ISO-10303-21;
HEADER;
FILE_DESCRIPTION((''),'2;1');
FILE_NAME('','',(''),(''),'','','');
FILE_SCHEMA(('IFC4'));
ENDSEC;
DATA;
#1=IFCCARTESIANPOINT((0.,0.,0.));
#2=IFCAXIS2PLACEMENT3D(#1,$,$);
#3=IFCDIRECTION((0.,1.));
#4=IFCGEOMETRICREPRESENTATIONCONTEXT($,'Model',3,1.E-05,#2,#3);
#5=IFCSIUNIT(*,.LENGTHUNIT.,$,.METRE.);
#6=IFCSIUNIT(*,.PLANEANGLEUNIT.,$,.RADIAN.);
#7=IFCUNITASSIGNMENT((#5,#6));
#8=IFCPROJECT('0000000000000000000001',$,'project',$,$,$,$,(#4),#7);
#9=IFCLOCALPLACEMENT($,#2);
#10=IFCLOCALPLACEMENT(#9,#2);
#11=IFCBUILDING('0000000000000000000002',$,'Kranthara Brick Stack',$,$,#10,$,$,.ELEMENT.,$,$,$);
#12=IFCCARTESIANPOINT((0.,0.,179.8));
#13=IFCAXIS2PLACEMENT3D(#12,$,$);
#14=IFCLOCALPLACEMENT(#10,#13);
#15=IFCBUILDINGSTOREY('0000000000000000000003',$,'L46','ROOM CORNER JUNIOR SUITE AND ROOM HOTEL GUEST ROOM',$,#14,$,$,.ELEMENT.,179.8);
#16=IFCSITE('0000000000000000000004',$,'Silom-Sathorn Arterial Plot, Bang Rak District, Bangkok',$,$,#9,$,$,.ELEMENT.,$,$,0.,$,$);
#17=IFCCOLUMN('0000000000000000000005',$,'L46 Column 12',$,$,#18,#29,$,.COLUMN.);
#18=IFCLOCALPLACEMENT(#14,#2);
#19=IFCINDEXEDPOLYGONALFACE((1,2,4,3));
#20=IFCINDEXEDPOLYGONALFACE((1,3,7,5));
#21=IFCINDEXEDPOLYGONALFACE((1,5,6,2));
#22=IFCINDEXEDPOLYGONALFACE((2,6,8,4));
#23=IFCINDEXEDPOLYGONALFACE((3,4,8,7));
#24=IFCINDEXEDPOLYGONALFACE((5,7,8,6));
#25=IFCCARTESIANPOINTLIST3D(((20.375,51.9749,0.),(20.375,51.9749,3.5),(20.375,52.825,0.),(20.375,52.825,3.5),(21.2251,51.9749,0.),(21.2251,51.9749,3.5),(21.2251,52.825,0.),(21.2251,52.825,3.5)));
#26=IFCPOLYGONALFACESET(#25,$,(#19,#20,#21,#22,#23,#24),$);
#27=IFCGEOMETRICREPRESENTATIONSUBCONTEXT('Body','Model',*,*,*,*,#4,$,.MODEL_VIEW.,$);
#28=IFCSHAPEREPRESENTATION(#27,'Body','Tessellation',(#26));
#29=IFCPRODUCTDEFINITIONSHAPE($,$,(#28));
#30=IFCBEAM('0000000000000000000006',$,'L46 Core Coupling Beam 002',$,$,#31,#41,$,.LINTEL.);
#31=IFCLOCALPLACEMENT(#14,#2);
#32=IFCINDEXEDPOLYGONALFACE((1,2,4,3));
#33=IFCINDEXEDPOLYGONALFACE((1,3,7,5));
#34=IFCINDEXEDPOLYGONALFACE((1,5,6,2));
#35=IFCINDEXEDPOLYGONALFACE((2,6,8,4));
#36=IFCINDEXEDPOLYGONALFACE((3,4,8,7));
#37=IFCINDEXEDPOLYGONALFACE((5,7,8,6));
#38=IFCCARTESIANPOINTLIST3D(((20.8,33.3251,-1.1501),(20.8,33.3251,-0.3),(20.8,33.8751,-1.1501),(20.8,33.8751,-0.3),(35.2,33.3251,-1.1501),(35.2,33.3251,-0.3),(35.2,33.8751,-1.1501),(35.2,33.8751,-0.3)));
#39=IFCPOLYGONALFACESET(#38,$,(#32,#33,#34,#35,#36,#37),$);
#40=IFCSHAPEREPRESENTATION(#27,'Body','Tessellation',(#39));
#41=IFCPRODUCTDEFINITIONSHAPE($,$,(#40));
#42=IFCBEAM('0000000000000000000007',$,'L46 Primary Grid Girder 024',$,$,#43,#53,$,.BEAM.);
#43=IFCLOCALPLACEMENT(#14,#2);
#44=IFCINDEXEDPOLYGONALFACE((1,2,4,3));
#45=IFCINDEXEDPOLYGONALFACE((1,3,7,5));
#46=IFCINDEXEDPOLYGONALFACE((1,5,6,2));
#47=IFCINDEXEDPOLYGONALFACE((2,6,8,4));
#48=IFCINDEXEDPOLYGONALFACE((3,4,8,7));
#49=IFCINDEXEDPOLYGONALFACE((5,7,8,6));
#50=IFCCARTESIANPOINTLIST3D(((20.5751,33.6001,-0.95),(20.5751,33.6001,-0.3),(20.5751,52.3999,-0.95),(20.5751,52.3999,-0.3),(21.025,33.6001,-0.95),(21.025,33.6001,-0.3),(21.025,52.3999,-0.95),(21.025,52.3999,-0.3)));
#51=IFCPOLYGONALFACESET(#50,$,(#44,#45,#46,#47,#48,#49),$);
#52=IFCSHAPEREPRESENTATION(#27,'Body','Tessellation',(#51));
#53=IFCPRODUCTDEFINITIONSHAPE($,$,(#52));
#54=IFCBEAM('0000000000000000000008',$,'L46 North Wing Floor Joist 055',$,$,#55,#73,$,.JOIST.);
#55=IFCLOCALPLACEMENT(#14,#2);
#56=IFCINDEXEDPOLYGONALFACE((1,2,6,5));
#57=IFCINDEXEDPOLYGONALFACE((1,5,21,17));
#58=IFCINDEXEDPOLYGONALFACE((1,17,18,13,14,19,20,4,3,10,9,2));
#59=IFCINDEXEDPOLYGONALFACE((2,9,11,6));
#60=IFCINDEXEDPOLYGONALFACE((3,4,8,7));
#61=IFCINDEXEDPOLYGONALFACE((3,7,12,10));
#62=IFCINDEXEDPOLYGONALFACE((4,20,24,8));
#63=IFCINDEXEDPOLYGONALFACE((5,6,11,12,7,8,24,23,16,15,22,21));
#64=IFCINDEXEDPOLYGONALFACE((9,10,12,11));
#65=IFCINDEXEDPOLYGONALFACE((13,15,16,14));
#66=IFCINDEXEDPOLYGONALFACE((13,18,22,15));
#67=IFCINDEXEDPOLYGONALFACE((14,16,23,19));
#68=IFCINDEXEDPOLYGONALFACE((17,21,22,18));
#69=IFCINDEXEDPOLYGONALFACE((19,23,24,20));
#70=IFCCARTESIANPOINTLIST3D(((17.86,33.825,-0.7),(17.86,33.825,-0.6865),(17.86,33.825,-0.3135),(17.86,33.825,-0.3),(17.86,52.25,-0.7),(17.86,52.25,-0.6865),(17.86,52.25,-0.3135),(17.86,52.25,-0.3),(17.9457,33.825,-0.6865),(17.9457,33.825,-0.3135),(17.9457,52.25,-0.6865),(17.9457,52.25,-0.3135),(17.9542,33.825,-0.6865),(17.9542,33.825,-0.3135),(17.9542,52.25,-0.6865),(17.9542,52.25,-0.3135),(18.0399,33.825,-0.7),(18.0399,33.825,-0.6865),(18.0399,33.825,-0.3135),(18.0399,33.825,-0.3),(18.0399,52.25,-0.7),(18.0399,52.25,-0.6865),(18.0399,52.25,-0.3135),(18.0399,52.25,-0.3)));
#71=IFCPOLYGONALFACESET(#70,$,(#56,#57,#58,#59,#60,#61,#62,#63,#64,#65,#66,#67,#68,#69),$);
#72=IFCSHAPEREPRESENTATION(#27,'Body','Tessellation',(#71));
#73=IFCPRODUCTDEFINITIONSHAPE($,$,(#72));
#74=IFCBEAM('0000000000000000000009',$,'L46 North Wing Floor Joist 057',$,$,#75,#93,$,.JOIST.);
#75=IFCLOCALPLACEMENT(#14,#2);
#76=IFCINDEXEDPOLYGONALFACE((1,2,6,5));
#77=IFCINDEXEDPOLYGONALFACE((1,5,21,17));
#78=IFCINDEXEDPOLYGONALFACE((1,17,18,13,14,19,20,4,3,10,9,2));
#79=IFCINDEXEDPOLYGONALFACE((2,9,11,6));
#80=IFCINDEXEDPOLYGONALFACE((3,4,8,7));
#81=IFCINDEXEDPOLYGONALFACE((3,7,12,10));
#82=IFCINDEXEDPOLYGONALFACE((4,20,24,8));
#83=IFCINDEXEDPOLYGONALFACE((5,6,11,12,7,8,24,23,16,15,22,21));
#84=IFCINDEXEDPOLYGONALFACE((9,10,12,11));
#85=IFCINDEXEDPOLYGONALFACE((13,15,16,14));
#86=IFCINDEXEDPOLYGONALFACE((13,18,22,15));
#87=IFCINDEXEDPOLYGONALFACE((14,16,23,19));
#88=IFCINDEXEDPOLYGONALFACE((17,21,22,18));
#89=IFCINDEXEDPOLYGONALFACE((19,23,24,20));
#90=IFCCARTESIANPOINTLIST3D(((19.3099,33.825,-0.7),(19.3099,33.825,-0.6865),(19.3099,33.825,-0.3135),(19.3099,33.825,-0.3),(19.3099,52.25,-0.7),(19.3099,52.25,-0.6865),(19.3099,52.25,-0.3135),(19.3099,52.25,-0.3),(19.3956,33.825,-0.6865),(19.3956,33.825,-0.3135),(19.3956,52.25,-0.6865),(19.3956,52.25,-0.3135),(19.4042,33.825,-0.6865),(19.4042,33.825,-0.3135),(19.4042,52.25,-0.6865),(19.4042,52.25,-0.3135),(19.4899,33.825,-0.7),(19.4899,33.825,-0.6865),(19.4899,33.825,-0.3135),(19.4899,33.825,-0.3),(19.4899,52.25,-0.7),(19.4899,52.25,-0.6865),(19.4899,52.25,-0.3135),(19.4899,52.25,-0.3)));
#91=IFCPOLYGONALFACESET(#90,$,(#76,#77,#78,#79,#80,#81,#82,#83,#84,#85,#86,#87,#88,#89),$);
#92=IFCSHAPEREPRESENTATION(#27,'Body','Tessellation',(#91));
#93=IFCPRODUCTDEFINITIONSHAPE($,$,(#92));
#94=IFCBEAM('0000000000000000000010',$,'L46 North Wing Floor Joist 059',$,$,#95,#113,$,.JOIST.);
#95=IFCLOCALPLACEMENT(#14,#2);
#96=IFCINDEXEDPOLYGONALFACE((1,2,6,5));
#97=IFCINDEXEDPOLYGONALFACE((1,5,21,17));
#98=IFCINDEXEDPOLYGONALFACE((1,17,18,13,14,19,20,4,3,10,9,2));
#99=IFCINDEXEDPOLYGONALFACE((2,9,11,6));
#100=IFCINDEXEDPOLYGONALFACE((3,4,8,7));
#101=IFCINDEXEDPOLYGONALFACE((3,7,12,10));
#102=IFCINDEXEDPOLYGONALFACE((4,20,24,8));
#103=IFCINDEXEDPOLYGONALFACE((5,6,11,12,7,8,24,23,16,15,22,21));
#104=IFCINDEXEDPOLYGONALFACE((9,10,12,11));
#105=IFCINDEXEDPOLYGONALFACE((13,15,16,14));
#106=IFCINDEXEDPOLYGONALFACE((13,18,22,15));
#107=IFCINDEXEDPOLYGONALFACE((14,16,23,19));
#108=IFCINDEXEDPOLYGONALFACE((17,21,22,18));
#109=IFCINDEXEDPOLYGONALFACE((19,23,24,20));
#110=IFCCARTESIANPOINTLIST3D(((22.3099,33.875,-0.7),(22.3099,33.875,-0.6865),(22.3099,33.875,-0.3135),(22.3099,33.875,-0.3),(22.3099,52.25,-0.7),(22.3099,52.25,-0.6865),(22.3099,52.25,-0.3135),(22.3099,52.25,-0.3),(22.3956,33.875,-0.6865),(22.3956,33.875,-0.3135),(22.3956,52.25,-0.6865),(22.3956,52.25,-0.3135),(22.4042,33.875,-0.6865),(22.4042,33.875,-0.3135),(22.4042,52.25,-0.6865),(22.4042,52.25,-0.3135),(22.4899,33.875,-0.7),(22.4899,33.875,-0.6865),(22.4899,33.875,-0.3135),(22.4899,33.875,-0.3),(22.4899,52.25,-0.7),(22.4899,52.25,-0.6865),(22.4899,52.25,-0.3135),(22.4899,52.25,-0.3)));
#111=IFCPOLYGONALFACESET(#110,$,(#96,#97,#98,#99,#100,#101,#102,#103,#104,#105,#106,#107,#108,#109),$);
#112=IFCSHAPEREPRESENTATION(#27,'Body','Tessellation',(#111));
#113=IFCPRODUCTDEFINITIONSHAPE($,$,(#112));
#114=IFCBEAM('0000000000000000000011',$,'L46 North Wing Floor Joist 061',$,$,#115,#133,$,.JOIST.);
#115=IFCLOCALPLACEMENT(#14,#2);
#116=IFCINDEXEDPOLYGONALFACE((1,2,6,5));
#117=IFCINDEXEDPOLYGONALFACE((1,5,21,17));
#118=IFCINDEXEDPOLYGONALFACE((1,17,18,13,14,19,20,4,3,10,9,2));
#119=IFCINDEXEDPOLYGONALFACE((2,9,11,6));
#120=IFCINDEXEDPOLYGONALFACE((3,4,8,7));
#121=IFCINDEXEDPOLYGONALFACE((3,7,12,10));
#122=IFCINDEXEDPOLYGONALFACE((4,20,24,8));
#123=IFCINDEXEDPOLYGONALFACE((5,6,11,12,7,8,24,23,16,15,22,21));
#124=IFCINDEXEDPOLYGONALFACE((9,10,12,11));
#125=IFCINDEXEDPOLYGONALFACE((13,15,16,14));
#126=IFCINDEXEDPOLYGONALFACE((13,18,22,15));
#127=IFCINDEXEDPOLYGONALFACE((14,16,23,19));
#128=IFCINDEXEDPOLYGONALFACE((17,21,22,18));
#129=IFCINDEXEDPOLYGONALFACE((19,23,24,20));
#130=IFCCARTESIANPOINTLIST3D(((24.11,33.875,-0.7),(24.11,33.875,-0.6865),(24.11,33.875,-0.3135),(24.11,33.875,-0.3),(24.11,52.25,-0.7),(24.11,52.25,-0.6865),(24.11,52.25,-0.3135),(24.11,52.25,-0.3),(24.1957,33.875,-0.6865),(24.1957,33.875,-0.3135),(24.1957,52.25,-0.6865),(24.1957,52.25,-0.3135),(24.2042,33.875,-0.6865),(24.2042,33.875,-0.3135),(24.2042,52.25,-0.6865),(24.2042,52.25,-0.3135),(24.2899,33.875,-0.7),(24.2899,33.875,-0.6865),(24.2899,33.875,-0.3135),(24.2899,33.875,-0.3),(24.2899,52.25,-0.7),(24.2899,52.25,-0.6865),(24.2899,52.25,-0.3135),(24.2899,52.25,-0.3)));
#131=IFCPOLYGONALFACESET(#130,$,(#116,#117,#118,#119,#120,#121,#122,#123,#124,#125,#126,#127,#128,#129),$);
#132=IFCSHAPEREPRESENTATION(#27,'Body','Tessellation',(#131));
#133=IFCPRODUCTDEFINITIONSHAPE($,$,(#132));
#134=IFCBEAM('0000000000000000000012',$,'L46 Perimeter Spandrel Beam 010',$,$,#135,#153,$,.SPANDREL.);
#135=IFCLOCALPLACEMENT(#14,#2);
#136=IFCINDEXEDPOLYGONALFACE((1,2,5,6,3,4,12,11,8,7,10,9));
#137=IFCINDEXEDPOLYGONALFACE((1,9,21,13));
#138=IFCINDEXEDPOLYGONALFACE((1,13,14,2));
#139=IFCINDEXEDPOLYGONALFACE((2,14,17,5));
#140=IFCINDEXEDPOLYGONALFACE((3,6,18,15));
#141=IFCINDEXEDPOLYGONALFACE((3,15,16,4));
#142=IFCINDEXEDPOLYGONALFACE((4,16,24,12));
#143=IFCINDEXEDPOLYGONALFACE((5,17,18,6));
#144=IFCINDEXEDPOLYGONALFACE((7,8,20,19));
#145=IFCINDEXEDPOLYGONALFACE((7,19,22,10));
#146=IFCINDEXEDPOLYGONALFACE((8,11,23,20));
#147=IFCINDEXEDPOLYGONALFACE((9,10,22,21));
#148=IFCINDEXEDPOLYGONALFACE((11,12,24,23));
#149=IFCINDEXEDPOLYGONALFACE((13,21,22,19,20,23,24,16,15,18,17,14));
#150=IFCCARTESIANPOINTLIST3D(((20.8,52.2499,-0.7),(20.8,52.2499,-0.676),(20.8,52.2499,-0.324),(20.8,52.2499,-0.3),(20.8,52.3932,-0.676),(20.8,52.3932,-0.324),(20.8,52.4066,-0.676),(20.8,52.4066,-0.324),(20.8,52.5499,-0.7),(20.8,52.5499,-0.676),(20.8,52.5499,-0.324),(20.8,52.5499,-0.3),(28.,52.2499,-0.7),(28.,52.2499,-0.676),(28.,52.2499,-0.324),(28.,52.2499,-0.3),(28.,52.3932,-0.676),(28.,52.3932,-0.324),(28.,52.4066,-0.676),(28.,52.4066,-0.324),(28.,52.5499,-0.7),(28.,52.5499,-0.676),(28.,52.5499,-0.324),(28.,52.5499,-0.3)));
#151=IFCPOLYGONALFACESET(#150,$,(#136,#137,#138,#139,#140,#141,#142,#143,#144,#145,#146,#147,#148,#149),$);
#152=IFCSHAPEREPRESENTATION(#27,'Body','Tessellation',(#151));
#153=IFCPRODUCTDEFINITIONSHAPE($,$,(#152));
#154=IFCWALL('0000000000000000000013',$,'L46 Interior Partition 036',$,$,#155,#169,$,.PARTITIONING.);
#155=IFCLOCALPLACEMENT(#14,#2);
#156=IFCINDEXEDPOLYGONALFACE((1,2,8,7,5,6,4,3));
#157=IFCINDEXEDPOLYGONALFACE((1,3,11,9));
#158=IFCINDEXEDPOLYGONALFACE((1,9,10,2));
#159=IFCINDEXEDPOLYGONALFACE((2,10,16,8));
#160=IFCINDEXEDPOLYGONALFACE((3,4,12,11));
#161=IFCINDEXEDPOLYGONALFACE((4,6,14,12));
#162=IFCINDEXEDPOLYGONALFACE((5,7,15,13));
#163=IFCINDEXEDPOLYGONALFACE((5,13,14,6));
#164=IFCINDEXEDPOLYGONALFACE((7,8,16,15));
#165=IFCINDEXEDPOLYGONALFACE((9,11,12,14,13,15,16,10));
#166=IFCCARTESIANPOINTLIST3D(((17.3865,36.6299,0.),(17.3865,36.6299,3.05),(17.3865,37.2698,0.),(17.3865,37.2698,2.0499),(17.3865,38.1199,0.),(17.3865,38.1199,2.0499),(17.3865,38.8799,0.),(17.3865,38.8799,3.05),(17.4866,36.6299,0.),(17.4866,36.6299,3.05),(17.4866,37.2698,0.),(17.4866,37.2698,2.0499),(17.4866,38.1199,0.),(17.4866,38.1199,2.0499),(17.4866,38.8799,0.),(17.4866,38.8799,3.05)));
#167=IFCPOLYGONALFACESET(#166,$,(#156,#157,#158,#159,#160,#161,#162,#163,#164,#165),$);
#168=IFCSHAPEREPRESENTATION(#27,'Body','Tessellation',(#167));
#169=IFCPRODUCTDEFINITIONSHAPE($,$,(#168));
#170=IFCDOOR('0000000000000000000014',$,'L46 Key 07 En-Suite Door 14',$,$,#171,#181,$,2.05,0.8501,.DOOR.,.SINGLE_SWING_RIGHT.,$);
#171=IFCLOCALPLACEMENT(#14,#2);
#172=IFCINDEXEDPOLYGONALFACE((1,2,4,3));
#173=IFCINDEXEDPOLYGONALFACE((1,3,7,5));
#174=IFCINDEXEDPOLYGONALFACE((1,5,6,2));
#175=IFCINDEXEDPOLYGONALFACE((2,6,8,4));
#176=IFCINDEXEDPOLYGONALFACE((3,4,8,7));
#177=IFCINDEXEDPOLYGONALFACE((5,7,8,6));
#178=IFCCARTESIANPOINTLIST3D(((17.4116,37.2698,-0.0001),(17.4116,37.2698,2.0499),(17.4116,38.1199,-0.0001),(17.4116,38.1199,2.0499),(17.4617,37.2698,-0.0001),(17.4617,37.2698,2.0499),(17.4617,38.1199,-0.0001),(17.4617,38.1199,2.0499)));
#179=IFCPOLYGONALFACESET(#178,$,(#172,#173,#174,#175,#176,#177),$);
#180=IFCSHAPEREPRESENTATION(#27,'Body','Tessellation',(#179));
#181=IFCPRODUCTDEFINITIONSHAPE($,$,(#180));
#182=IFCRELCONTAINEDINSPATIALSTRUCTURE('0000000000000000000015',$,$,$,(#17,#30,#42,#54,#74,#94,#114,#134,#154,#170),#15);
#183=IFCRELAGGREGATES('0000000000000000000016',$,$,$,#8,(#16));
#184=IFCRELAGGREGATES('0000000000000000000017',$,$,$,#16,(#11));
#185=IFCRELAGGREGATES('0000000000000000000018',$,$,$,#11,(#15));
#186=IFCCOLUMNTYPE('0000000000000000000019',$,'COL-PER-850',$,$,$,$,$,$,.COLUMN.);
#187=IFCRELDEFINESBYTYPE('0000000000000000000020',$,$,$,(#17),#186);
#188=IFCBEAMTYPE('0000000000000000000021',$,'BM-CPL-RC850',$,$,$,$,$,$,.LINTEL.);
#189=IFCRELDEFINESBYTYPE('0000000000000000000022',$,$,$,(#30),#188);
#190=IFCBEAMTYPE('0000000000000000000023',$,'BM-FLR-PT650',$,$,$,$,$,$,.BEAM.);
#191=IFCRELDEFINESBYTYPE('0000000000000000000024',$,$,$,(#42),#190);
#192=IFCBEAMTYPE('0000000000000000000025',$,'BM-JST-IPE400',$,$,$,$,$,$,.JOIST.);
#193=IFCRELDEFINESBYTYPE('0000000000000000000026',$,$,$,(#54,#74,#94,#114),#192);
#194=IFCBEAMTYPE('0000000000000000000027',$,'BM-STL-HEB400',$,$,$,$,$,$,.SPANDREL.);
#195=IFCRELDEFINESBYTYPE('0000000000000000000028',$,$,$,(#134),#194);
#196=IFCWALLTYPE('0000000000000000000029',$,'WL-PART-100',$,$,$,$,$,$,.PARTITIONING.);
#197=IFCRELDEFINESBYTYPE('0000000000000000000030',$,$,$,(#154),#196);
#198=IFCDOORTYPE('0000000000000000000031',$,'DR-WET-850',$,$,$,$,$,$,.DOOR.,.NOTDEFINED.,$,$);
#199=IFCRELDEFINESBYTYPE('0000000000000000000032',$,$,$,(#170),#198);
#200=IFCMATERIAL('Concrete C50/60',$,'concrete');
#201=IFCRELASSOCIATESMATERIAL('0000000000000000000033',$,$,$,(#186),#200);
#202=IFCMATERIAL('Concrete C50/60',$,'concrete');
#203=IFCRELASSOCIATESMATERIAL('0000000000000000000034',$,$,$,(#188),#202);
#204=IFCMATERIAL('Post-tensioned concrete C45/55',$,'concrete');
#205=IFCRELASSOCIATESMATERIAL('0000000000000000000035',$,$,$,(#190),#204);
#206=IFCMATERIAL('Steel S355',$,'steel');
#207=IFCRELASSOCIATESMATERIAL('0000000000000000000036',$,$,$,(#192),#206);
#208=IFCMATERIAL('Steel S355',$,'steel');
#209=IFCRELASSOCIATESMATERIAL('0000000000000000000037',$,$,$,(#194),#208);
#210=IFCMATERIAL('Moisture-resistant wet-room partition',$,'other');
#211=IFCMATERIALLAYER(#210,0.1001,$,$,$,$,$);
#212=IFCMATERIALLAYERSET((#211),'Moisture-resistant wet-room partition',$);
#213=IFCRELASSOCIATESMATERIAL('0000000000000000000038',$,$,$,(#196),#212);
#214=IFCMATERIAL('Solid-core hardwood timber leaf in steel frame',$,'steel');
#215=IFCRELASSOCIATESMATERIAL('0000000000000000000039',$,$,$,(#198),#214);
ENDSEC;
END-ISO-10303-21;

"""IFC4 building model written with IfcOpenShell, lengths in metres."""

from ifc_helpers import new_model, si_unit, direction, frame, frame_2d, origin, origin_2d, place, context, subcontext, project, spatial, rectangle, i_section, extrude, material, layer, layer_set, material_profile, profile_set, type_object, element, fill, save


model = new_model("IFC4")

# Units and contexts
model_context = context("Model", 3, precision=1e-05, world=origin(), true_north=direction((0.0, 1.0)))
body_context = subcontext(model_context, "Body", "Model", "MODEL_VIEW")
ifc_project = project(units=[si_unit("LENGTHUNIT", "METRE"), si_unit("PLANEANGLEUNIT", "RADIAN")], contexts=[model_context])

# Site, building, storey
site_placement = place(None, origin())
site = spatial("IfcSite", under=ifc_project, at=site_placement, Name="Silom-Sathorn Arterial Plot, Bang Rak District, Bangkok", CompositionType="ELEMENT", RefElevation=0.0)
building_placement = place(site_placement, origin())
building = spatial("IfcBuilding", under=site, at=building_placement, Name="Kranthara Brick Stack", CompositionType="ELEMENT")
storey_placement = place(building_placement, frame((0.0, 0.0, 179.8)))
storey = spatial("IfcBuildingStorey", under=building, at=storey_placement, Name="L46", Description="ROOM CORNER JUNIOR SUITE AND ROOM HOTEL GUEST ROOM", CompositionType="ELEMENT", Elevation=179.8)

# Column
ifc_material_1 = material(Name="Concrete C50/60", Category="concrete")
ifc_material_profile_1 = material_profile(ifc_material_1, rectangle(XDim=0.8501, YDim=0.8501, at=origin_2d()), Name="RC 850x850")
ifc_profile_set_1 = profile_set([ifc_material_profile_1], Name="Concrete C50/60")
column_type = type_object("IfcColumnType", Name="COL-PER-850", PredefinedType="COLUMN", material=ifc_profile_set_1)
column_placement = place(storey_placement, frame((20.8, 52.3999, 0.0), z_axis=(0.0, 0.0, 1.0), x_axis=(1.0, 0.0, 0.0)))
element("IfcColumn", 1, at=column_placement, inside=storey, type_object=column_type, Name="L46 Column 12", PredefinedType="COLUMN", context=body_context, shape_type="SweptSolid", body=[
    extrude(rectangle(XDim=0.8501, YDim=0.8501, at=origin_2d()), origin(), (0.0, 0.0, 1.0), 3.5),
])

# Beams
ifc_material_2 = material(Name="Concrete C50/60", Category="concrete")
ifc_material_profile_2 = material_profile(ifc_material_2, rectangle(XDim=0.55, YDim=0.8501, at=origin_2d()), Name="RC 550x850")
ifc_profile_set_2 = profile_set([ifc_material_profile_2], Name="Concrete C50/60")
beam_type_1 = type_object("IfcBeamType", Name="BM-CPL-RC850", PredefinedType="LINTEL", material=ifc_profile_set_2)
beam_1_placement = place(storey_placement, frame((20.8, 33.6001, -0.7251), z_axis=(1.0, 0.0, 0.0), x_axis=(0.0, 1.0, 0.0)))
element("IfcBeam", 2, at=beam_1_placement, inside=storey, type_object=beam_type_1, Name="L46 Core Coupling Beam 002", PredefinedType="LINTEL", context=body_context, shape_type="SweptSolid", body=[
    extrude(rectangle(XDim=0.55, YDim=0.8501, at=origin_2d()), origin(), (0.0, 0.0, 1.0), 14.3999),
])
ifc_material_3 = material(Name="Post-tensioned concrete C45/55", Category="concrete")
ifc_material_profile_3 = material_profile(ifc_material_3, rectangle(XDim=0.45, YDim=0.6499, at=origin_2d()), Name="PT 450x650")
ifc_profile_set_3 = profile_set([ifc_material_profile_3], Name="Post-tensioned concrete C45/55")
beam_type_2 = type_object("IfcBeamType", Name="BM-FLR-PT650", PredefinedType="BEAM", material=ifc_profile_set_3)
beam_2_placement = place(storey_placement, frame((20.8, 33.6001, -0.625), z_axis=(0.0, 1.0, 0.0), x_axis=(-1.0, 0.0, 0.0)))
element("IfcBeam", 3, at=beam_2_placement, inside=storey, type_object=beam_type_2, Name="L46 Primary Grid Girder 024", PredefinedType="BEAM", context=body_context, shape_type="SweptSolid", body=[
    extrude(rectangle(XDim=0.45, YDim=0.6499, at=origin_2d()), origin(), (0.0, 0.0, 1.0), 18.7998),
])
ifc_material_4 = material(Name="Steel S355", Category="steel")
ifc_material_profile_4 = material_profile(ifc_material_4, i_section(OverallWidth=0.1799, OverallDepth=0.3999, WebThickness=0.0085, FlangeThickness=0.0134, at=origin_2d()), Name="IPE 400")
ifc_profile_set_4 = profile_set([ifc_material_profile_4], Name="Steel S355")
beam_type_3 = type_object("IfcBeamType", Name="BM-JST-IPE400", PredefinedType="JOIST", material=ifc_profile_set_4)
for number, where, z_axis, x_axis, name in (
    (4, (17.95, 33.825, -0.5), (0.0, 1.0, 0.0), (-1.0, 0.0, 0.0), "L46 North Wing Floor Joist 055"),
    (5, (19.3999, 33.825, -0.5), (0.0, 1.0, 0.0), (-1.0, 0.0, 0.0), "L46 North Wing Floor Joist 057"),
):
    element("IfcBeam", number, at=place(storey_placement, frame(where, z_axis=z_axis, x_axis=x_axis)), inside=storey, type_object=beam_type_3, Name=name, PredefinedType="JOIST", context=body_context, shape_type="SweptSolid", body=[
        extrude(i_section(OverallWidth=0.1799, OverallDepth=0.3999, WebThickness=0.0085, FlangeThickness=0.0134, at=origin_2d()), origin(), (0.0, 0.0, 1.0), 18.425),
    ])
for number, where, z_axis, x_axis, name in (
    (6, (22.3999, 33.875, -0.5), (0.0, 1.0, 0.0), (-1.0, 0.0, 0.0), "L46 North Wing Floor Joist 059"),
    (7, (24.2, 33.875, -0.5), (0.0, 1.0, 0.0), (-1.0, 0.0, 0.0), "L46 North Wing Floor Joist 061"),
):
    element("IfcBeam", number, at=place(storey_placement, frame(where, z_axis=z_axis, x_axis=x_axis)), inside=storey, type_object=beam_type_3, Name=name, PredefinedType="JOIST", context=body_context, shape_type="SweptSolid", body=[
        extrude(i_section(OverallWidth=0.1799, OverallDepth=0.3999, WebThickness=0.0085, FlangeThickness=0.0134, at=origin_2d()), origin(), (0.0, 0.0, 1.0), 18.375),
    ])
ifc_material_5 = material(Name="Steel S355", Category="steel")
ifc_material_profile_5 = material_profile(ifc_material_5, i_section(OverallWidth=0.3, OverallDepth=0.3999, WebThickness=0.0134, FlangeThickness=0.0239, at=origin_2d()), Name="HEB 400")
ifc_profile_set_5 = profile_set([ifc_material_profile_5], Name="Steel S355")
beam_type_4 = type_object("IfcBeamType", Name="BM-STL-HEB400", PredefinedType="SPANDREL", material=ifc_profile_set_5)
beam_3_placement = place(storey_placement, frame((20.8, 52.3999, -0.5), z_axis=(1.0, 0.0, 0.0), x_axis=(0.0, 1.0, 0.0)))
element("IfcBeam", 8, at=beam_3_placement, inside=storey, type_object=beam_type_4, Name="L46 Perimeter Spandrel Beam 010", PredefinedType="SPANDREL", context=body_context, shape_type="SweptSolid", body=[
    extrude(i_section(OverallWidth=0.3, OverallDepth=0.3999, WebThickness=0.0134, FlangeThickness=0.0239, at=origin_2d()), origin(), (0.0, 0.0, 1.0), 7.2),
])

# Wall, opening, door
ifc_material_6 = material(Name="Moisture-resistant wet-room partition", Category="other")
ifc_layer_1 = layer(ifc_material_6, 0.1001)
ifc_layer_set_1 = layer_set([ifc_layer_1], Name="Moisture-resistant wet-room partition")
wall_type_1 = type_object("IfcWallType", Name="WL-PART-100", PredefinedType="PARTITIONING", material=ifc_layer_set_1)
wall_1_placement = place(storey_placement, frame((17.4365, 36.6299, 0.0), z_axis=(0.0, 0.0, 1.0), x_axis=(0.0, 1.0, 0.0)))
wall_1 = element("IfcWall", 9, at=wall_1_placement, inside=storey, type_object=wall_type_1, Name="L46 Interior Partition 036", PredefinedType="PARTITIONING", context=body_context, shape_type="SweptSolid", body=[
    extrude(rectangle(XDim=2.25, YDim=0.1001, at=frame_2d((1.125, 0.0))), origin(), (0.0, 0.0, 1.0), 3.05),
])
opening_1_placement = place(wall_1_placement, frame((0.6399, 0.0, 0.0)))
opening_1 = element("IfcOpeningElement", 10, at=opening_1_placement, cuts=wall_1, PredefinedType="OPENING", context=body_context, shape_type="SweptSolid", body=[
    extrude(rectangle(XDim=0.8501, YDim=2.05, at=frame_2d((0.425, 1.0249))), frame((0.0, 0.0601, 0.0), z_axis=(0.0, -1.0, 0.0), x_axis=(1.0, 0.0, 0.0)), (0.0, 0.0, 1.0), 0.1201),
])
ifc_material_7 = material(Name="Solid-core hardwood timber leaf in steel frame", Category="steel")
door_type_1 = type_object("IfcDoorType", Name="DR-WET-850", OperationType="NOTDEFINED", PredefinedType="DOOR", material=ifc_material_7)
door_1_placement = place(opening_1_placement, origin())
door_1 = element("IfcDoor", 11, at=door_1_placement, inside=storey, type_object=door_type_1, Name="L46 Key 07 En-Suite Door 14", OperationType="SINGLE_SWING_RIGHT", OverallHeight=2.05, OverallWidth=0.8501, PredefinedType="DOOR", context=body_context, shape_type="SweptSolid", body=[
    extrude(rectangle(XDim=0.8501, YDim=2.05, at=frame_2d((0.425, 1.0249))), frame((0.0, 0.0249, 0.0), z_axis=(0.0, -1.0, 0.0), x_axis=(1.0, 0.0, 0.0)), (0.0, 0.0, 1.0), 0.05),
])
fill(opening_1, door_1)

save(model, "model.ifc")
